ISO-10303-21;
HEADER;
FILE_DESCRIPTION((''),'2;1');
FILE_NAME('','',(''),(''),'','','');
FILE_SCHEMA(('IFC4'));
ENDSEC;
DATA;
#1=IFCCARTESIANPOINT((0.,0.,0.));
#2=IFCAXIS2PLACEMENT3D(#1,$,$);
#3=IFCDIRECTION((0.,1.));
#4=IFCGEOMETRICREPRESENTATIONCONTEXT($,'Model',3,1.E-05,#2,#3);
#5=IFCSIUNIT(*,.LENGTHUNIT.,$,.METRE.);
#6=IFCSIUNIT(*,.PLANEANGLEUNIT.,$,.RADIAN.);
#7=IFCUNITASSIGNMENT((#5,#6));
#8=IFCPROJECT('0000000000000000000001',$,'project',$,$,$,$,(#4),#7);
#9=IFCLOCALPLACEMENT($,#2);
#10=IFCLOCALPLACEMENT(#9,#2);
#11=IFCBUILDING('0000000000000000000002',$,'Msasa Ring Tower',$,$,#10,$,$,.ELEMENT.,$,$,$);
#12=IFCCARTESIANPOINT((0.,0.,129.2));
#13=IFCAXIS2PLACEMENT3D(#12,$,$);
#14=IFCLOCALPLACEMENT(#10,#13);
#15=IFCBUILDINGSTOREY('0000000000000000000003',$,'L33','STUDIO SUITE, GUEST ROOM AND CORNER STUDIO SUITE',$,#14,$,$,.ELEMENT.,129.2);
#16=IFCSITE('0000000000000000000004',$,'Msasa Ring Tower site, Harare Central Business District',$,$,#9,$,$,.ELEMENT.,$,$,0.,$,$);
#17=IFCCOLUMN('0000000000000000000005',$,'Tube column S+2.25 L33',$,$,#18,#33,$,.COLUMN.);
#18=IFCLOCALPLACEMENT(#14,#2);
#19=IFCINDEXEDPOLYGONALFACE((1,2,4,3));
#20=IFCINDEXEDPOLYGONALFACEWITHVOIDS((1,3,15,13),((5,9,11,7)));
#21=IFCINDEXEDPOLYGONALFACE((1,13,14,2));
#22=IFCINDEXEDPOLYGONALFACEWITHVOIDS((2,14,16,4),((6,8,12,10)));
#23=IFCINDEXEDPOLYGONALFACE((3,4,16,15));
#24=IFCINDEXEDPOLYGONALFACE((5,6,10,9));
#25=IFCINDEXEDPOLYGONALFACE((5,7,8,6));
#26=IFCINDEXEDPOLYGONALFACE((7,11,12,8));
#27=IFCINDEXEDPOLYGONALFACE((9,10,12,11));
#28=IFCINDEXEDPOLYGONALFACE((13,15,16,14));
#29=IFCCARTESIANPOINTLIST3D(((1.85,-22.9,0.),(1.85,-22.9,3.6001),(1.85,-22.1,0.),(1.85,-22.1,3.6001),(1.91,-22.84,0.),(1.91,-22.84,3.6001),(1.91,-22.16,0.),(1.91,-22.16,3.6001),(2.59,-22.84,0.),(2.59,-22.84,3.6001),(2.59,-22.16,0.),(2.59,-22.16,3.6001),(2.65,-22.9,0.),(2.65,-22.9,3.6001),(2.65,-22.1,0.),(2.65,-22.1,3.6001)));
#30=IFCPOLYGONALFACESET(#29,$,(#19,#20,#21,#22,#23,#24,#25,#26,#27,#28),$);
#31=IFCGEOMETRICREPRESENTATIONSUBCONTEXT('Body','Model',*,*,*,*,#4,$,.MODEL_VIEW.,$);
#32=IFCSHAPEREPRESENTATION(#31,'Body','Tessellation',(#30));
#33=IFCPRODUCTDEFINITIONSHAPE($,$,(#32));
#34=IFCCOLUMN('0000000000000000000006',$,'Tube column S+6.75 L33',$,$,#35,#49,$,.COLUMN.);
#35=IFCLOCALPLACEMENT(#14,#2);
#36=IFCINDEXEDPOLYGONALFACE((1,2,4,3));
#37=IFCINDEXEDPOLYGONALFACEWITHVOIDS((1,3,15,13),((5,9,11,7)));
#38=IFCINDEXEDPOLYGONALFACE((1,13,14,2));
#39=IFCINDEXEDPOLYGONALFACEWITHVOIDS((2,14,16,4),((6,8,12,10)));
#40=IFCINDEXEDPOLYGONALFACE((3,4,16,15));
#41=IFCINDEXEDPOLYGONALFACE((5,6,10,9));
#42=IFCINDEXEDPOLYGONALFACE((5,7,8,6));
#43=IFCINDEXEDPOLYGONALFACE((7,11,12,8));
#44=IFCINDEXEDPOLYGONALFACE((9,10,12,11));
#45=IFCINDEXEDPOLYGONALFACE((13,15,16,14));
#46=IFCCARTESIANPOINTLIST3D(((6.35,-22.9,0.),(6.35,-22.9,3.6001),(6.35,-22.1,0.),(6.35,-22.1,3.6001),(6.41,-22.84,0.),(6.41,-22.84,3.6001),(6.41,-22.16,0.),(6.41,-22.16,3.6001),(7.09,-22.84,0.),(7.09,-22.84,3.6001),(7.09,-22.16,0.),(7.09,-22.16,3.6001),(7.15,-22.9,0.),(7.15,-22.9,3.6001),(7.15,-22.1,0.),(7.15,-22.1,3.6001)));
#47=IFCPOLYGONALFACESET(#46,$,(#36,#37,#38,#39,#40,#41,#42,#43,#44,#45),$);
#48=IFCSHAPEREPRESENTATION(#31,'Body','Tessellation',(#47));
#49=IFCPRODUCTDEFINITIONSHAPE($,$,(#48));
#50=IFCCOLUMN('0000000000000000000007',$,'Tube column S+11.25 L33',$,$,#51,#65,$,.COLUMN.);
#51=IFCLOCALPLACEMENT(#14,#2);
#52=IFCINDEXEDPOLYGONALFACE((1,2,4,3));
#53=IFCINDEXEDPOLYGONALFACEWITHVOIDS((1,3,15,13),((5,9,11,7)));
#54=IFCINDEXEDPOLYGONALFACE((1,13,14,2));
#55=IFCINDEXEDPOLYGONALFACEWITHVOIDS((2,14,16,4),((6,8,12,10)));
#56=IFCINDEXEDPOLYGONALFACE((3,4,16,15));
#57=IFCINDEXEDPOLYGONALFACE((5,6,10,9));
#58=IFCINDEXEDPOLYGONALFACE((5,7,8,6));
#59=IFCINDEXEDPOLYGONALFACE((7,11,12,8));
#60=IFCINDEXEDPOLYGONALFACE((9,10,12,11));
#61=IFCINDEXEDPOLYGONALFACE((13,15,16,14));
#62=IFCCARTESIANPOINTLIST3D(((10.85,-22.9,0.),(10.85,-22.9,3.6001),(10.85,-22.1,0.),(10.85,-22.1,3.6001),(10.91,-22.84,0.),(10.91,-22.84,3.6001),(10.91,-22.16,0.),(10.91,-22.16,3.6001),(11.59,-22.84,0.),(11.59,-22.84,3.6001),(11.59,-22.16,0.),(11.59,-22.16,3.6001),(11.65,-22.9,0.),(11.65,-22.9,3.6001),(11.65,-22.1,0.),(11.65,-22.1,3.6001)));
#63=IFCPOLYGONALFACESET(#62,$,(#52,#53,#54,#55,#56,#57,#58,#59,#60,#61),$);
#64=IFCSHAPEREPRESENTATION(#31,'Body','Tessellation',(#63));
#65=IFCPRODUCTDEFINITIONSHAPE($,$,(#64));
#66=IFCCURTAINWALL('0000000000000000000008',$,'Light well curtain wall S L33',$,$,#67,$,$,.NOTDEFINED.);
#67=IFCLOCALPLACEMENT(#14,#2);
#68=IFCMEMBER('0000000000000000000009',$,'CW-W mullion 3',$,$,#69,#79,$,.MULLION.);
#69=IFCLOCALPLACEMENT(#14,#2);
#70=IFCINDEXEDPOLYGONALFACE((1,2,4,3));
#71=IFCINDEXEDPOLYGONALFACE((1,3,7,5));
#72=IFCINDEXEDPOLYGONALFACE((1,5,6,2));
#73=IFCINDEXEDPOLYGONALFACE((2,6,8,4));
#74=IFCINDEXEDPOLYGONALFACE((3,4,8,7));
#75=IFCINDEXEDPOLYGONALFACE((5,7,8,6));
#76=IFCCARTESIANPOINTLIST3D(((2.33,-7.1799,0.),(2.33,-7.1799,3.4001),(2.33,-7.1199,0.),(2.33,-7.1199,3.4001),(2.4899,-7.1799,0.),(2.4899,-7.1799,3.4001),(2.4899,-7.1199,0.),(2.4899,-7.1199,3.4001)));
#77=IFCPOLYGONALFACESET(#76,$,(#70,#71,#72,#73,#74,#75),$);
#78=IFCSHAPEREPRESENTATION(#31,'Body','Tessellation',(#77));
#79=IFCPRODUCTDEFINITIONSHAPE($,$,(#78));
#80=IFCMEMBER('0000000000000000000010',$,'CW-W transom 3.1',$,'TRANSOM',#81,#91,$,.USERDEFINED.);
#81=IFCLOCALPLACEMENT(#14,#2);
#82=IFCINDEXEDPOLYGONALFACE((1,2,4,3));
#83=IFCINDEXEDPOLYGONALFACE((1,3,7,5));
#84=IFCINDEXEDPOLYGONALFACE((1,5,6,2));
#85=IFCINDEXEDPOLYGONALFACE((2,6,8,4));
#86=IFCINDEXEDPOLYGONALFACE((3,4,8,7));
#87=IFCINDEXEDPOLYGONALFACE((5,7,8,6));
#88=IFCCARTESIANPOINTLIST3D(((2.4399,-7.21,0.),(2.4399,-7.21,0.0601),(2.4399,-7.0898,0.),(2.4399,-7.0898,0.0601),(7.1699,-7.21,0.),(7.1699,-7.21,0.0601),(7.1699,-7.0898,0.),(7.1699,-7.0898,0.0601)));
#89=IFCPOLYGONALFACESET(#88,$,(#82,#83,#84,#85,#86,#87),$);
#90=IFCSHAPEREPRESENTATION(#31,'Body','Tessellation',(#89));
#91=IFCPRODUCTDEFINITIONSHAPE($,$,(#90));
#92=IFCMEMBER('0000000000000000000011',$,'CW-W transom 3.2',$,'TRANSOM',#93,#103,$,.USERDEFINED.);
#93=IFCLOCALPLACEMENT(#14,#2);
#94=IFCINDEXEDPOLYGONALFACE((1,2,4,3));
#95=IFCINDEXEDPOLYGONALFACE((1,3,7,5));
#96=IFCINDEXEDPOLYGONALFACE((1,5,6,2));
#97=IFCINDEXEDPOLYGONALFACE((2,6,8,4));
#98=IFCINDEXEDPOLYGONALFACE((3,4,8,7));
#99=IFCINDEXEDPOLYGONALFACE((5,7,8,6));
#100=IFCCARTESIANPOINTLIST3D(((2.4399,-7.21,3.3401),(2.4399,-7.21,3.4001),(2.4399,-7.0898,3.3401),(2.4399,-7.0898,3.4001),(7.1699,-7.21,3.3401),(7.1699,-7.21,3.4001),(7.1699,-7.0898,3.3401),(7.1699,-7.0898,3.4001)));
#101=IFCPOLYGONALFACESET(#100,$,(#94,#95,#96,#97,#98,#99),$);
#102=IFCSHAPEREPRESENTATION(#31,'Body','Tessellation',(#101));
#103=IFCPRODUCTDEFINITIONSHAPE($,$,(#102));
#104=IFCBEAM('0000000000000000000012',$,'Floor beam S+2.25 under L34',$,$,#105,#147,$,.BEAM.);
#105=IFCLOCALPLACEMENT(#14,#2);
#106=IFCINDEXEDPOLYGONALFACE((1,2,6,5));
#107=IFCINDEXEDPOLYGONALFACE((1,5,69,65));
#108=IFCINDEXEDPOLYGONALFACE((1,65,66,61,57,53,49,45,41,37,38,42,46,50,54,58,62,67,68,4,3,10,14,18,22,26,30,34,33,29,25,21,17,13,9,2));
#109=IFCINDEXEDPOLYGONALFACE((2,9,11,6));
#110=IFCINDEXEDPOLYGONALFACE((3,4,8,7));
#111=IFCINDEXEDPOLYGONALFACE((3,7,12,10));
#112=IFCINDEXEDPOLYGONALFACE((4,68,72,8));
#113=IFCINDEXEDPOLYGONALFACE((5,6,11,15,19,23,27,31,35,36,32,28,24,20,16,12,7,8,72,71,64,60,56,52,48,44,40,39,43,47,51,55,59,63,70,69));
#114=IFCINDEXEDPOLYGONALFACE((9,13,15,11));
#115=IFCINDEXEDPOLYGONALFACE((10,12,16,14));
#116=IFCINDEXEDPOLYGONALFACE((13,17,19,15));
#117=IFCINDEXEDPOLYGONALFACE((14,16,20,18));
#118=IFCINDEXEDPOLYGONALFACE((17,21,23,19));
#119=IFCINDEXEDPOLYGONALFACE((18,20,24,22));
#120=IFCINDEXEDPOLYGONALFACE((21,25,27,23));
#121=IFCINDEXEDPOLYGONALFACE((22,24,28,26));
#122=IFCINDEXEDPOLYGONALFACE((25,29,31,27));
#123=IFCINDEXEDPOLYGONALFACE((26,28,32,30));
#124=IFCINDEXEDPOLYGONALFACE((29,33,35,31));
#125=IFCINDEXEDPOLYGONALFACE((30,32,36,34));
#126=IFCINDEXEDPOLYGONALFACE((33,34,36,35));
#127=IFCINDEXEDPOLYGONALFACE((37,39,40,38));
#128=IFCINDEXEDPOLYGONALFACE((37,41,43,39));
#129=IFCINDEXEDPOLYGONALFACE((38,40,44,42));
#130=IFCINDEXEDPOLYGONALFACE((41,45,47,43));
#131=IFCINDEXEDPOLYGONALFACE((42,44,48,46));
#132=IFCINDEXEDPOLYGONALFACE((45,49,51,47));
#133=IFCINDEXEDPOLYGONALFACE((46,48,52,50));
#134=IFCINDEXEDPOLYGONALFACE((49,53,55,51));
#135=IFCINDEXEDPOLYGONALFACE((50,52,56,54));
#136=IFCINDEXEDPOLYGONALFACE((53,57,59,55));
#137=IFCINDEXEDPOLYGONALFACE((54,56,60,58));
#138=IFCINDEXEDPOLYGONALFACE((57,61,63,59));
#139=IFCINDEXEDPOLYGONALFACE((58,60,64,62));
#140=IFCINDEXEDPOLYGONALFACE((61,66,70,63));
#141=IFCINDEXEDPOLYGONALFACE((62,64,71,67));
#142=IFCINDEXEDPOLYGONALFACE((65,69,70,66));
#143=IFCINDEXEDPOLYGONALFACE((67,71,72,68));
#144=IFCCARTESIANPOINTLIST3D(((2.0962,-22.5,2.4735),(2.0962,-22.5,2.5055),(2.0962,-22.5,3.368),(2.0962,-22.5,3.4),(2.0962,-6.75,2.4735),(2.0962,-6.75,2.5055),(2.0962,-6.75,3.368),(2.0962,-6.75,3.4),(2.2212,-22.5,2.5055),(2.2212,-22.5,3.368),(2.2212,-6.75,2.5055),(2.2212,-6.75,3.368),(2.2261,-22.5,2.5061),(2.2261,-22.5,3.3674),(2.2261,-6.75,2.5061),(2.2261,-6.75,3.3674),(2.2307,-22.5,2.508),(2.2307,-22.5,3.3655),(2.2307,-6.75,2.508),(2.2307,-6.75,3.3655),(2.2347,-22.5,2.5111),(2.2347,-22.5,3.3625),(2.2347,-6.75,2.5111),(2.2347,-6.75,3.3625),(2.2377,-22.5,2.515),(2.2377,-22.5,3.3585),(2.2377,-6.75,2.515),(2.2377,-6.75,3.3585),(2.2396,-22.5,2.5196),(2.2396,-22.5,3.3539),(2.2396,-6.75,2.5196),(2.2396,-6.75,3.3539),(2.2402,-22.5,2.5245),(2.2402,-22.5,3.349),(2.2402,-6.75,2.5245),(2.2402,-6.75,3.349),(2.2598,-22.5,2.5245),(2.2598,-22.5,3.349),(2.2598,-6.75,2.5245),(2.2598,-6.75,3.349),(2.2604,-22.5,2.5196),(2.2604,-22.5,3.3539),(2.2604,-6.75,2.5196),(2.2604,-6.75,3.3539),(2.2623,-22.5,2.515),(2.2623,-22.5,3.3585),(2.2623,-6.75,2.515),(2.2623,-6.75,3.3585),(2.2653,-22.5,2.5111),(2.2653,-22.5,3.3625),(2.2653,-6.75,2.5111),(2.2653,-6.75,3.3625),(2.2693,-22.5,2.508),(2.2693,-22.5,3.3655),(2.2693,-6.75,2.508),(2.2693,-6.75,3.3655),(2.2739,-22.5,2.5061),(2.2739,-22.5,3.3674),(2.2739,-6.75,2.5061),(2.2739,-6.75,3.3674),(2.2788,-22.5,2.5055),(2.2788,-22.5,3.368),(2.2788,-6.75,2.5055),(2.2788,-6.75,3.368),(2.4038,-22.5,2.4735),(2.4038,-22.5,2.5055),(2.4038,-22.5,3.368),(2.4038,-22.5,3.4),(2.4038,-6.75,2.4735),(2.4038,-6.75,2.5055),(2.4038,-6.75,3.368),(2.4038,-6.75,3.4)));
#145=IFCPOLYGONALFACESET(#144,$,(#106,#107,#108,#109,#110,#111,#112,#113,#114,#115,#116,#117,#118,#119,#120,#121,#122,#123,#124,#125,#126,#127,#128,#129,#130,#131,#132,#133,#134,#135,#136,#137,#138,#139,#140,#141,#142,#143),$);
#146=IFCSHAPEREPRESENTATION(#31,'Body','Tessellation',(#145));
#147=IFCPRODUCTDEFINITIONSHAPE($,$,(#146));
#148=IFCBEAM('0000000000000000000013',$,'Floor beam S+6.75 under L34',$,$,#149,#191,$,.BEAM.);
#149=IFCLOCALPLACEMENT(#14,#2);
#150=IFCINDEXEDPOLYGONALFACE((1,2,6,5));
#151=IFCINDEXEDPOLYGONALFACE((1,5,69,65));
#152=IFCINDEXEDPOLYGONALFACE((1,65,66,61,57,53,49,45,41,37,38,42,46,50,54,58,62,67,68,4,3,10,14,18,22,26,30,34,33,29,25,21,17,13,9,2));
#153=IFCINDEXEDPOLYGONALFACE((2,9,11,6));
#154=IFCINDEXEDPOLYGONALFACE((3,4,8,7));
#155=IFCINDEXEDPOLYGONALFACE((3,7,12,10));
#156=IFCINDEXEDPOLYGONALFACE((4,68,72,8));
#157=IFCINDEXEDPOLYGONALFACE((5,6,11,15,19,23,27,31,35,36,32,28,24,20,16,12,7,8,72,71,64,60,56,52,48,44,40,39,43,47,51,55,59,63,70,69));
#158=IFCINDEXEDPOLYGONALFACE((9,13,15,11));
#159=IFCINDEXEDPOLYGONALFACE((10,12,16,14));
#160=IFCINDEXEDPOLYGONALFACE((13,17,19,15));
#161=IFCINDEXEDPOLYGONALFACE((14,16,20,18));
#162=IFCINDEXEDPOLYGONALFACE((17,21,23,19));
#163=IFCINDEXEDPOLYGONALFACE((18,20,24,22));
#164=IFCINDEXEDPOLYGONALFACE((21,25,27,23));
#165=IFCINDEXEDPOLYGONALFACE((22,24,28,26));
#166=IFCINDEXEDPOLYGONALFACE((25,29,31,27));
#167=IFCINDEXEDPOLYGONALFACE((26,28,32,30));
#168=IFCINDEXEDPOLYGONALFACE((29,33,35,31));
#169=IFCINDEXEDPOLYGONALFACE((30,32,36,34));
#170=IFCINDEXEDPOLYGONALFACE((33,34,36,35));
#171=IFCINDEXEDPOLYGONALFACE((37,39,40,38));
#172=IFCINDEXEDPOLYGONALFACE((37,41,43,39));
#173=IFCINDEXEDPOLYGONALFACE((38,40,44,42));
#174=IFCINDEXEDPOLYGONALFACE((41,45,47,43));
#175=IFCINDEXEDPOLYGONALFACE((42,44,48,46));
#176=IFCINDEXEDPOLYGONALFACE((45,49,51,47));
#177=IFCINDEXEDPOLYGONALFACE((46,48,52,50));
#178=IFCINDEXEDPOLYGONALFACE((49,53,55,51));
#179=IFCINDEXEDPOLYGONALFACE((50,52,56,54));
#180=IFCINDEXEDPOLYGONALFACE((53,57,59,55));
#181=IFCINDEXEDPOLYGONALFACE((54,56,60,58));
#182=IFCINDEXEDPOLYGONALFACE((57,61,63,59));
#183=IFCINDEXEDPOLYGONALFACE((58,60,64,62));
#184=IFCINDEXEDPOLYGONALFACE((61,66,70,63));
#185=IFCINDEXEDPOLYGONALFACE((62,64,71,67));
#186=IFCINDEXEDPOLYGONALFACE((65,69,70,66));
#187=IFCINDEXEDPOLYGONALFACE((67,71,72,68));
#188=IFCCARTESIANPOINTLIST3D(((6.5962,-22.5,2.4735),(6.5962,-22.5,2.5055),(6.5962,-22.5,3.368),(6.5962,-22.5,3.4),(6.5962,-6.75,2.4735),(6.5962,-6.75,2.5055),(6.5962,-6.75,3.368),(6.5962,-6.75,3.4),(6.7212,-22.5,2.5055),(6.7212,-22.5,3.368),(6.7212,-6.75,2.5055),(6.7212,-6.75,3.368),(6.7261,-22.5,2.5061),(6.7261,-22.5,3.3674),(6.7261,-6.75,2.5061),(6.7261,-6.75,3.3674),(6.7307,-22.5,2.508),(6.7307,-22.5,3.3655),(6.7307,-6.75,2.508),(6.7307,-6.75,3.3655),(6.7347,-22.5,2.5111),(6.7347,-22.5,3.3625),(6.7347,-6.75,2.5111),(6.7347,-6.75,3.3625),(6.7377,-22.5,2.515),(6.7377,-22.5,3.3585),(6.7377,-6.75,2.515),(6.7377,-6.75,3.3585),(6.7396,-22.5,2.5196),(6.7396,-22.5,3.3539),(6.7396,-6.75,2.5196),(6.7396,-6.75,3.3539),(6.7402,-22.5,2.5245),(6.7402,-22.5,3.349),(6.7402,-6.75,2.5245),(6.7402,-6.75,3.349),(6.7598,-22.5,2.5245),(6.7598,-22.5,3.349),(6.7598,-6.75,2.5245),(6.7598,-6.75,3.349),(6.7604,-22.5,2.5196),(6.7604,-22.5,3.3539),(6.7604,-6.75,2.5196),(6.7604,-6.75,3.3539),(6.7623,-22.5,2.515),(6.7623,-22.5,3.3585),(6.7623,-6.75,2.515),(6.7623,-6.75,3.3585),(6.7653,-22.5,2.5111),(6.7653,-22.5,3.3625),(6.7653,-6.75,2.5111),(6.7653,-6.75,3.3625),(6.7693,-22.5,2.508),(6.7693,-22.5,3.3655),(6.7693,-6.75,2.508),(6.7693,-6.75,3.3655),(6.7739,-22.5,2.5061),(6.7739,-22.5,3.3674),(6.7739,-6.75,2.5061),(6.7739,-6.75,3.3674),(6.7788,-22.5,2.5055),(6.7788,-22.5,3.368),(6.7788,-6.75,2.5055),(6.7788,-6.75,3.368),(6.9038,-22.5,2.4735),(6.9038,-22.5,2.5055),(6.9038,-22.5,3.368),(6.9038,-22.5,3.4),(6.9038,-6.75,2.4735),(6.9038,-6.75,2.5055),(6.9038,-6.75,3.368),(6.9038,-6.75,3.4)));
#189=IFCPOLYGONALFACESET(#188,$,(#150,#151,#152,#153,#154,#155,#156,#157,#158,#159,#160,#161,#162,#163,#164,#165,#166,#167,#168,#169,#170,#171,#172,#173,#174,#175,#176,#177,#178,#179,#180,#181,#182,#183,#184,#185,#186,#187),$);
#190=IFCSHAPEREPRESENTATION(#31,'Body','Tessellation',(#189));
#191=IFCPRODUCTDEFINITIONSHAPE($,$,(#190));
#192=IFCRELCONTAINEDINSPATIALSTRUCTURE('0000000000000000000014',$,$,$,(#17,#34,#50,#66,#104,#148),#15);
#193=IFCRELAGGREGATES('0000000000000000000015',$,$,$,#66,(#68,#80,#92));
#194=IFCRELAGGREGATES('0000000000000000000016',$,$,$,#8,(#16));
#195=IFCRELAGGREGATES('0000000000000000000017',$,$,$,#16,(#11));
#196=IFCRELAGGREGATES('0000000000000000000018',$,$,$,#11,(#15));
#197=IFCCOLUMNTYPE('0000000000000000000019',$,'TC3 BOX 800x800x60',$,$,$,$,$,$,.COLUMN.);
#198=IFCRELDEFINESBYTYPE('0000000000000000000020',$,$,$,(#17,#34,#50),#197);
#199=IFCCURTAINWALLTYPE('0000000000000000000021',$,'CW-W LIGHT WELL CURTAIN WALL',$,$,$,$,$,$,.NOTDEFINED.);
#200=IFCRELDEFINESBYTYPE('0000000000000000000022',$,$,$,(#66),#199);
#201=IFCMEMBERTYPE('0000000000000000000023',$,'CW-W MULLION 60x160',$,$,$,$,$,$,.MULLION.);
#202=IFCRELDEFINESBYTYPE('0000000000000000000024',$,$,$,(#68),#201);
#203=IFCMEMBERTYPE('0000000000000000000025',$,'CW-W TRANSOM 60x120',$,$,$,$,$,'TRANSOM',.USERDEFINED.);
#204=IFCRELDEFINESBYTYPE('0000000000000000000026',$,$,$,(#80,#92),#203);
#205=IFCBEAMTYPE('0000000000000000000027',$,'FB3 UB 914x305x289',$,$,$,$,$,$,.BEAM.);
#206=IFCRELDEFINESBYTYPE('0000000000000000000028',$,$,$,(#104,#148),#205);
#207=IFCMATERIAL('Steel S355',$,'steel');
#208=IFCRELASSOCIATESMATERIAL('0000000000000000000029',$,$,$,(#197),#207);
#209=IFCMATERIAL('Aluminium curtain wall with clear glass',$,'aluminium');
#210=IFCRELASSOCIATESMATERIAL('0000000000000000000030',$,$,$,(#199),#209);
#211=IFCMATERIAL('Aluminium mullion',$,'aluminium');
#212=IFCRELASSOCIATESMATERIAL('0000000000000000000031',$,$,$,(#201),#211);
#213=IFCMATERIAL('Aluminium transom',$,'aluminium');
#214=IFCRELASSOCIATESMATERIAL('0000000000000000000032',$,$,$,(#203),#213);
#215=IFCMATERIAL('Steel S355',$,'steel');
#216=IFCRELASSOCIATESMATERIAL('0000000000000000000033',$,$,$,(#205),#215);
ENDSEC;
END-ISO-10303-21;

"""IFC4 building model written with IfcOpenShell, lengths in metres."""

from ifc_helpers import new_model, si_unit, direction, frame, origin, origin_2d, place, context, subcontext, project, spatial, rectangle, hollow_rectangle, i_section, extrude, material, material_profile, profile_set, type_object, element, aggregate, save


model = new_model("IFC4")

# Units and contexts
model_context = context("Model", 3, precision=1e-05, world=origin(), true_north=direction((0.0, 1.0)))
body_context = subcontext(model_context, "Body", "Model", "MODEL_VIEW")
ifc_project = project(units=[si_unit("LENGTHUNIT", "METRE"), si_unit("PLANEANGLEUNIT", "RADIAN")], contexts=[model_context])

# Site, building, storey
site_placement = place(None, origin())
site = spatial("IfcSite", under=ifc_project, at=site_placement, Name="Msasa Ring Tower site, Harare Central Business District", CompositionType="ELEMENT", RefElevation=0.0)
building_placement = place(site_placement, origin())
building = spatial("IfcBuilding", under=site, at=building_placement, Name="Msasa Ring Tower", CompositionType="ELEMENT")
storey_placement = place(building_placement, frame((0.0, 0.0, 129.2)))
storey = spatial("IfcBuildingStorey", under=building, at=storey_placement, Name="L33", Description="STUDIO SUITE, GUEST ROOM AND CORNER STUDIO SUITE", CompositionType="ELEMENT", Elevation=129.2)

# Columns
ifc_material_1 = material(Name="Steel S355", Category="steel")
ifc_material_profile_1 = material_profile(ifc_material_1, hollow_rectangle(XDim=0.8, YDim=0.8, WallThickness=0.0601, at=origin_2d()), Name="BOX 800x800x60")
ifc_profile_set_1 = profile_set([ifc_material_profile_1], Name="Steel S355")
column_type = type_object("IfcColumnType", Name="TC3 BOX 800x800x60", PredefinedType="COLUMN", material=ifc_profile_set_1)
for number, where, z_axis, x_axis, name in (
    (1, (2.25, -22.5, 0.0), (0.0, 0.0, 1.0), (0.0, 1.0, 0.0), "Tube column S+2.25 L33"),
    (2, (6.75, -22.5, 0.0), (0.0, 0.0, 1.0), (0.0, 1.0, 0.0), "Tube column S+6.75 L33"),
    (3, (11.25, -22.5, 0.0), (0.0, 0.0, 1.0), (0.0, 1.0, 0.0), "Tube column S+11.25 L33"),
):
    element("IfcColumn", number, at=place(storey_placement, frame(where, z_axis=z_axis, x_axis=x_axis)), inside=storey, type_object=column_type, Name=name, PredefinedType="COLUMN", context=body_context, shape_type="SweptSolid", body=[
        extrude(hollow_rectangle(XDim=0.8, YDim=0.8, WallThickness=0.0601, at=origin_2d()), origin(), (0.0, 0.0, 1.0), 3.6001),
    ])

# Curtain wall, members
ifc_material_2 = material(Name="Aluminium curtain wall with clear glass", Category="aluminium")
curtain_wall_type = type_object("IfcCurtainWallType", Name="CW-W LIGHT WELL CURTAIN WALL", PredefinedType="NOTDEFINED", material=ifc_material_2)
curtain_wall_placement = place(storey_placement, origin())
curtain_wall = element("IfcCurtainWall", 4, at=curtain_wall_placement, inside=storey, type_object=curtain_wall_type, Name="Light well curtain wall S L33", PredefinedType="NOTDEFINED")
ifc_material_3 = material(Name="Aluminium mullion", Category="aluminium")
ifc_material_profile_2 = material_profile(ifc_material_3, rectangle(XDim=0.0601, YDim=0.1599, at=origin_2d()), Name="AL 60x160")
ifc_profile_set_2 = profile_set([ifc_material_profile_2], Name="Aluminium mullion")
member_type_1 = type_object("IfcMemberType", Name="CW-W MULLION 60x160", PredefinedType="MULLION", material=ifc_profile_set_2)
member_1_placement = place(storey_placement, frame((2.4099, -7.1499, 0.0), z_axis=(0.0, 0.0, 1.0), x_axis=(0.0, 1.0, 0.0)))
member_1 = element("IfcMember", 5, at=member_1_placement, type_object=member_type_1, Name="CW-W mullion 3", PredefinedType="MULLION", context=body_context, shape_type="SweptSolid", body=[
    extrude(rectangle(XDim=0.0601, YDim=0.1599, at=origin_2d()), origin(), (0.0, 0.0, 1.0), 3.4001),
])
ifc_material_4 = material(Name="Aluminium transom", Category="aluminium")
ifc_material_profile_3 = material_profile(ifc_material_4, rectangle(XDim=0.1201, YDim=0.0601, at=origin_2d()), Name="AL 60x120")
ifc_profile_set_3 = profile_set([ifc_material_profile_3], Name="Aluminium transom")
member_type_2 = type_object("IfcMemberType", Name="CW-W TRANSOM 60x120", ElementType="TRANSOM", PredefinedType="USERDEFINED", material=ifc_profile_set_3)
member_2_placement = place(storey_placement, frame((2.4399, -7.1499, 0.03), z_axis=(1.0, 0.0, 0.0), x_axis=(0.0, 1.0, 0.0)))
member_2 = element("IfcMember", 6, at=member_2_placement, type_object=member_type_2, Name="CW-W transom 3.1", ObjectType="TRANSOM", PredefinedType="USERDEFINED", context=body_context, shape_type="SweptSolid", body=[
    extrude(rectangle(XDim=0.1201, YDim=0.0601, at=origin_2d()), origin(), (0.0, 0.0, 1.0), 4.73),
])
member_3_placement = place(storey_placement, frame((2.4399, -7.1499, 3.3701), z_axis=(1.0, 0.0, 0.0), x_axis=(0.0, 1.0, 0.0)))
member_3 = element("IfcMember", 7, at=member_3_placement, type_object=member_type_2, Name="CW-W transom 3.2", ObjectType="TRANSOM", PredefinedType="USERDEFINED", context=body_context, shape_type="SweptSolid", body=[
    extrude(rectangle(XDim=0.1201, YDim=0.0601, at=origin_2d()), origin(), (0.0, 0.0, 1.0), 4.73),
])

# Beams
ifc_material_5 = material(Name="Steel S355", Category="steel")
ifc_material_profile_4 = material_profile(ifc_material_5, i_section(OverallWidth=0.3076, OverallDepth=0.9265, WebThickness=0.0195, FlangeThickness=0.032, FilletRadius=0.019, at=origin_2d()), Name="UB 914x305x289")
ifc_profile_set_4 = profile_set([ifc_material_profile_4], Name="Steel S355")
beam_type_1 = type_object("IfcBeamType", Name="FB3 UB 914x305x289", PredefinedType="BEAM", material=ifc_profile_set_4)
for number, where, z_axis, x_axis, name in (
    (8, (2.25, -22.5, 2.9368), (0.0, 1.0, 0.0), (-1.0, 0.0, 0.0), "Floor beam S+2.25 under L34"),
    (9, (6.75, -22.5, 2.9368), (0.0, 1.0, 0.0), (-1.0, 0.0, 0.0), "Floor beam S+6.75 under L34"),
):
    element("IfcBeam", number, at=place(storey_placement, frame(where, z_axis=z_axis, x_axis=x_axis)), inside=storey, type_object=beam_type_1, Name=name, PredefinedType="BEAM", context=body_context, shape_type="SweptSolid", body=[
        extrude(i_section(OverallWidth=0.3076, OverallDepth=0.9265, WebThickness=0.0195, FlangeThickness=0.032, FilletRadius=0.019, at=origin_2d()), origin(), (0.0, 0.0, 1.0), 15.75),
    ])

aggregate(curtain_wall, [member_1, member_2, member_3])

save(model, "model.ifc")
